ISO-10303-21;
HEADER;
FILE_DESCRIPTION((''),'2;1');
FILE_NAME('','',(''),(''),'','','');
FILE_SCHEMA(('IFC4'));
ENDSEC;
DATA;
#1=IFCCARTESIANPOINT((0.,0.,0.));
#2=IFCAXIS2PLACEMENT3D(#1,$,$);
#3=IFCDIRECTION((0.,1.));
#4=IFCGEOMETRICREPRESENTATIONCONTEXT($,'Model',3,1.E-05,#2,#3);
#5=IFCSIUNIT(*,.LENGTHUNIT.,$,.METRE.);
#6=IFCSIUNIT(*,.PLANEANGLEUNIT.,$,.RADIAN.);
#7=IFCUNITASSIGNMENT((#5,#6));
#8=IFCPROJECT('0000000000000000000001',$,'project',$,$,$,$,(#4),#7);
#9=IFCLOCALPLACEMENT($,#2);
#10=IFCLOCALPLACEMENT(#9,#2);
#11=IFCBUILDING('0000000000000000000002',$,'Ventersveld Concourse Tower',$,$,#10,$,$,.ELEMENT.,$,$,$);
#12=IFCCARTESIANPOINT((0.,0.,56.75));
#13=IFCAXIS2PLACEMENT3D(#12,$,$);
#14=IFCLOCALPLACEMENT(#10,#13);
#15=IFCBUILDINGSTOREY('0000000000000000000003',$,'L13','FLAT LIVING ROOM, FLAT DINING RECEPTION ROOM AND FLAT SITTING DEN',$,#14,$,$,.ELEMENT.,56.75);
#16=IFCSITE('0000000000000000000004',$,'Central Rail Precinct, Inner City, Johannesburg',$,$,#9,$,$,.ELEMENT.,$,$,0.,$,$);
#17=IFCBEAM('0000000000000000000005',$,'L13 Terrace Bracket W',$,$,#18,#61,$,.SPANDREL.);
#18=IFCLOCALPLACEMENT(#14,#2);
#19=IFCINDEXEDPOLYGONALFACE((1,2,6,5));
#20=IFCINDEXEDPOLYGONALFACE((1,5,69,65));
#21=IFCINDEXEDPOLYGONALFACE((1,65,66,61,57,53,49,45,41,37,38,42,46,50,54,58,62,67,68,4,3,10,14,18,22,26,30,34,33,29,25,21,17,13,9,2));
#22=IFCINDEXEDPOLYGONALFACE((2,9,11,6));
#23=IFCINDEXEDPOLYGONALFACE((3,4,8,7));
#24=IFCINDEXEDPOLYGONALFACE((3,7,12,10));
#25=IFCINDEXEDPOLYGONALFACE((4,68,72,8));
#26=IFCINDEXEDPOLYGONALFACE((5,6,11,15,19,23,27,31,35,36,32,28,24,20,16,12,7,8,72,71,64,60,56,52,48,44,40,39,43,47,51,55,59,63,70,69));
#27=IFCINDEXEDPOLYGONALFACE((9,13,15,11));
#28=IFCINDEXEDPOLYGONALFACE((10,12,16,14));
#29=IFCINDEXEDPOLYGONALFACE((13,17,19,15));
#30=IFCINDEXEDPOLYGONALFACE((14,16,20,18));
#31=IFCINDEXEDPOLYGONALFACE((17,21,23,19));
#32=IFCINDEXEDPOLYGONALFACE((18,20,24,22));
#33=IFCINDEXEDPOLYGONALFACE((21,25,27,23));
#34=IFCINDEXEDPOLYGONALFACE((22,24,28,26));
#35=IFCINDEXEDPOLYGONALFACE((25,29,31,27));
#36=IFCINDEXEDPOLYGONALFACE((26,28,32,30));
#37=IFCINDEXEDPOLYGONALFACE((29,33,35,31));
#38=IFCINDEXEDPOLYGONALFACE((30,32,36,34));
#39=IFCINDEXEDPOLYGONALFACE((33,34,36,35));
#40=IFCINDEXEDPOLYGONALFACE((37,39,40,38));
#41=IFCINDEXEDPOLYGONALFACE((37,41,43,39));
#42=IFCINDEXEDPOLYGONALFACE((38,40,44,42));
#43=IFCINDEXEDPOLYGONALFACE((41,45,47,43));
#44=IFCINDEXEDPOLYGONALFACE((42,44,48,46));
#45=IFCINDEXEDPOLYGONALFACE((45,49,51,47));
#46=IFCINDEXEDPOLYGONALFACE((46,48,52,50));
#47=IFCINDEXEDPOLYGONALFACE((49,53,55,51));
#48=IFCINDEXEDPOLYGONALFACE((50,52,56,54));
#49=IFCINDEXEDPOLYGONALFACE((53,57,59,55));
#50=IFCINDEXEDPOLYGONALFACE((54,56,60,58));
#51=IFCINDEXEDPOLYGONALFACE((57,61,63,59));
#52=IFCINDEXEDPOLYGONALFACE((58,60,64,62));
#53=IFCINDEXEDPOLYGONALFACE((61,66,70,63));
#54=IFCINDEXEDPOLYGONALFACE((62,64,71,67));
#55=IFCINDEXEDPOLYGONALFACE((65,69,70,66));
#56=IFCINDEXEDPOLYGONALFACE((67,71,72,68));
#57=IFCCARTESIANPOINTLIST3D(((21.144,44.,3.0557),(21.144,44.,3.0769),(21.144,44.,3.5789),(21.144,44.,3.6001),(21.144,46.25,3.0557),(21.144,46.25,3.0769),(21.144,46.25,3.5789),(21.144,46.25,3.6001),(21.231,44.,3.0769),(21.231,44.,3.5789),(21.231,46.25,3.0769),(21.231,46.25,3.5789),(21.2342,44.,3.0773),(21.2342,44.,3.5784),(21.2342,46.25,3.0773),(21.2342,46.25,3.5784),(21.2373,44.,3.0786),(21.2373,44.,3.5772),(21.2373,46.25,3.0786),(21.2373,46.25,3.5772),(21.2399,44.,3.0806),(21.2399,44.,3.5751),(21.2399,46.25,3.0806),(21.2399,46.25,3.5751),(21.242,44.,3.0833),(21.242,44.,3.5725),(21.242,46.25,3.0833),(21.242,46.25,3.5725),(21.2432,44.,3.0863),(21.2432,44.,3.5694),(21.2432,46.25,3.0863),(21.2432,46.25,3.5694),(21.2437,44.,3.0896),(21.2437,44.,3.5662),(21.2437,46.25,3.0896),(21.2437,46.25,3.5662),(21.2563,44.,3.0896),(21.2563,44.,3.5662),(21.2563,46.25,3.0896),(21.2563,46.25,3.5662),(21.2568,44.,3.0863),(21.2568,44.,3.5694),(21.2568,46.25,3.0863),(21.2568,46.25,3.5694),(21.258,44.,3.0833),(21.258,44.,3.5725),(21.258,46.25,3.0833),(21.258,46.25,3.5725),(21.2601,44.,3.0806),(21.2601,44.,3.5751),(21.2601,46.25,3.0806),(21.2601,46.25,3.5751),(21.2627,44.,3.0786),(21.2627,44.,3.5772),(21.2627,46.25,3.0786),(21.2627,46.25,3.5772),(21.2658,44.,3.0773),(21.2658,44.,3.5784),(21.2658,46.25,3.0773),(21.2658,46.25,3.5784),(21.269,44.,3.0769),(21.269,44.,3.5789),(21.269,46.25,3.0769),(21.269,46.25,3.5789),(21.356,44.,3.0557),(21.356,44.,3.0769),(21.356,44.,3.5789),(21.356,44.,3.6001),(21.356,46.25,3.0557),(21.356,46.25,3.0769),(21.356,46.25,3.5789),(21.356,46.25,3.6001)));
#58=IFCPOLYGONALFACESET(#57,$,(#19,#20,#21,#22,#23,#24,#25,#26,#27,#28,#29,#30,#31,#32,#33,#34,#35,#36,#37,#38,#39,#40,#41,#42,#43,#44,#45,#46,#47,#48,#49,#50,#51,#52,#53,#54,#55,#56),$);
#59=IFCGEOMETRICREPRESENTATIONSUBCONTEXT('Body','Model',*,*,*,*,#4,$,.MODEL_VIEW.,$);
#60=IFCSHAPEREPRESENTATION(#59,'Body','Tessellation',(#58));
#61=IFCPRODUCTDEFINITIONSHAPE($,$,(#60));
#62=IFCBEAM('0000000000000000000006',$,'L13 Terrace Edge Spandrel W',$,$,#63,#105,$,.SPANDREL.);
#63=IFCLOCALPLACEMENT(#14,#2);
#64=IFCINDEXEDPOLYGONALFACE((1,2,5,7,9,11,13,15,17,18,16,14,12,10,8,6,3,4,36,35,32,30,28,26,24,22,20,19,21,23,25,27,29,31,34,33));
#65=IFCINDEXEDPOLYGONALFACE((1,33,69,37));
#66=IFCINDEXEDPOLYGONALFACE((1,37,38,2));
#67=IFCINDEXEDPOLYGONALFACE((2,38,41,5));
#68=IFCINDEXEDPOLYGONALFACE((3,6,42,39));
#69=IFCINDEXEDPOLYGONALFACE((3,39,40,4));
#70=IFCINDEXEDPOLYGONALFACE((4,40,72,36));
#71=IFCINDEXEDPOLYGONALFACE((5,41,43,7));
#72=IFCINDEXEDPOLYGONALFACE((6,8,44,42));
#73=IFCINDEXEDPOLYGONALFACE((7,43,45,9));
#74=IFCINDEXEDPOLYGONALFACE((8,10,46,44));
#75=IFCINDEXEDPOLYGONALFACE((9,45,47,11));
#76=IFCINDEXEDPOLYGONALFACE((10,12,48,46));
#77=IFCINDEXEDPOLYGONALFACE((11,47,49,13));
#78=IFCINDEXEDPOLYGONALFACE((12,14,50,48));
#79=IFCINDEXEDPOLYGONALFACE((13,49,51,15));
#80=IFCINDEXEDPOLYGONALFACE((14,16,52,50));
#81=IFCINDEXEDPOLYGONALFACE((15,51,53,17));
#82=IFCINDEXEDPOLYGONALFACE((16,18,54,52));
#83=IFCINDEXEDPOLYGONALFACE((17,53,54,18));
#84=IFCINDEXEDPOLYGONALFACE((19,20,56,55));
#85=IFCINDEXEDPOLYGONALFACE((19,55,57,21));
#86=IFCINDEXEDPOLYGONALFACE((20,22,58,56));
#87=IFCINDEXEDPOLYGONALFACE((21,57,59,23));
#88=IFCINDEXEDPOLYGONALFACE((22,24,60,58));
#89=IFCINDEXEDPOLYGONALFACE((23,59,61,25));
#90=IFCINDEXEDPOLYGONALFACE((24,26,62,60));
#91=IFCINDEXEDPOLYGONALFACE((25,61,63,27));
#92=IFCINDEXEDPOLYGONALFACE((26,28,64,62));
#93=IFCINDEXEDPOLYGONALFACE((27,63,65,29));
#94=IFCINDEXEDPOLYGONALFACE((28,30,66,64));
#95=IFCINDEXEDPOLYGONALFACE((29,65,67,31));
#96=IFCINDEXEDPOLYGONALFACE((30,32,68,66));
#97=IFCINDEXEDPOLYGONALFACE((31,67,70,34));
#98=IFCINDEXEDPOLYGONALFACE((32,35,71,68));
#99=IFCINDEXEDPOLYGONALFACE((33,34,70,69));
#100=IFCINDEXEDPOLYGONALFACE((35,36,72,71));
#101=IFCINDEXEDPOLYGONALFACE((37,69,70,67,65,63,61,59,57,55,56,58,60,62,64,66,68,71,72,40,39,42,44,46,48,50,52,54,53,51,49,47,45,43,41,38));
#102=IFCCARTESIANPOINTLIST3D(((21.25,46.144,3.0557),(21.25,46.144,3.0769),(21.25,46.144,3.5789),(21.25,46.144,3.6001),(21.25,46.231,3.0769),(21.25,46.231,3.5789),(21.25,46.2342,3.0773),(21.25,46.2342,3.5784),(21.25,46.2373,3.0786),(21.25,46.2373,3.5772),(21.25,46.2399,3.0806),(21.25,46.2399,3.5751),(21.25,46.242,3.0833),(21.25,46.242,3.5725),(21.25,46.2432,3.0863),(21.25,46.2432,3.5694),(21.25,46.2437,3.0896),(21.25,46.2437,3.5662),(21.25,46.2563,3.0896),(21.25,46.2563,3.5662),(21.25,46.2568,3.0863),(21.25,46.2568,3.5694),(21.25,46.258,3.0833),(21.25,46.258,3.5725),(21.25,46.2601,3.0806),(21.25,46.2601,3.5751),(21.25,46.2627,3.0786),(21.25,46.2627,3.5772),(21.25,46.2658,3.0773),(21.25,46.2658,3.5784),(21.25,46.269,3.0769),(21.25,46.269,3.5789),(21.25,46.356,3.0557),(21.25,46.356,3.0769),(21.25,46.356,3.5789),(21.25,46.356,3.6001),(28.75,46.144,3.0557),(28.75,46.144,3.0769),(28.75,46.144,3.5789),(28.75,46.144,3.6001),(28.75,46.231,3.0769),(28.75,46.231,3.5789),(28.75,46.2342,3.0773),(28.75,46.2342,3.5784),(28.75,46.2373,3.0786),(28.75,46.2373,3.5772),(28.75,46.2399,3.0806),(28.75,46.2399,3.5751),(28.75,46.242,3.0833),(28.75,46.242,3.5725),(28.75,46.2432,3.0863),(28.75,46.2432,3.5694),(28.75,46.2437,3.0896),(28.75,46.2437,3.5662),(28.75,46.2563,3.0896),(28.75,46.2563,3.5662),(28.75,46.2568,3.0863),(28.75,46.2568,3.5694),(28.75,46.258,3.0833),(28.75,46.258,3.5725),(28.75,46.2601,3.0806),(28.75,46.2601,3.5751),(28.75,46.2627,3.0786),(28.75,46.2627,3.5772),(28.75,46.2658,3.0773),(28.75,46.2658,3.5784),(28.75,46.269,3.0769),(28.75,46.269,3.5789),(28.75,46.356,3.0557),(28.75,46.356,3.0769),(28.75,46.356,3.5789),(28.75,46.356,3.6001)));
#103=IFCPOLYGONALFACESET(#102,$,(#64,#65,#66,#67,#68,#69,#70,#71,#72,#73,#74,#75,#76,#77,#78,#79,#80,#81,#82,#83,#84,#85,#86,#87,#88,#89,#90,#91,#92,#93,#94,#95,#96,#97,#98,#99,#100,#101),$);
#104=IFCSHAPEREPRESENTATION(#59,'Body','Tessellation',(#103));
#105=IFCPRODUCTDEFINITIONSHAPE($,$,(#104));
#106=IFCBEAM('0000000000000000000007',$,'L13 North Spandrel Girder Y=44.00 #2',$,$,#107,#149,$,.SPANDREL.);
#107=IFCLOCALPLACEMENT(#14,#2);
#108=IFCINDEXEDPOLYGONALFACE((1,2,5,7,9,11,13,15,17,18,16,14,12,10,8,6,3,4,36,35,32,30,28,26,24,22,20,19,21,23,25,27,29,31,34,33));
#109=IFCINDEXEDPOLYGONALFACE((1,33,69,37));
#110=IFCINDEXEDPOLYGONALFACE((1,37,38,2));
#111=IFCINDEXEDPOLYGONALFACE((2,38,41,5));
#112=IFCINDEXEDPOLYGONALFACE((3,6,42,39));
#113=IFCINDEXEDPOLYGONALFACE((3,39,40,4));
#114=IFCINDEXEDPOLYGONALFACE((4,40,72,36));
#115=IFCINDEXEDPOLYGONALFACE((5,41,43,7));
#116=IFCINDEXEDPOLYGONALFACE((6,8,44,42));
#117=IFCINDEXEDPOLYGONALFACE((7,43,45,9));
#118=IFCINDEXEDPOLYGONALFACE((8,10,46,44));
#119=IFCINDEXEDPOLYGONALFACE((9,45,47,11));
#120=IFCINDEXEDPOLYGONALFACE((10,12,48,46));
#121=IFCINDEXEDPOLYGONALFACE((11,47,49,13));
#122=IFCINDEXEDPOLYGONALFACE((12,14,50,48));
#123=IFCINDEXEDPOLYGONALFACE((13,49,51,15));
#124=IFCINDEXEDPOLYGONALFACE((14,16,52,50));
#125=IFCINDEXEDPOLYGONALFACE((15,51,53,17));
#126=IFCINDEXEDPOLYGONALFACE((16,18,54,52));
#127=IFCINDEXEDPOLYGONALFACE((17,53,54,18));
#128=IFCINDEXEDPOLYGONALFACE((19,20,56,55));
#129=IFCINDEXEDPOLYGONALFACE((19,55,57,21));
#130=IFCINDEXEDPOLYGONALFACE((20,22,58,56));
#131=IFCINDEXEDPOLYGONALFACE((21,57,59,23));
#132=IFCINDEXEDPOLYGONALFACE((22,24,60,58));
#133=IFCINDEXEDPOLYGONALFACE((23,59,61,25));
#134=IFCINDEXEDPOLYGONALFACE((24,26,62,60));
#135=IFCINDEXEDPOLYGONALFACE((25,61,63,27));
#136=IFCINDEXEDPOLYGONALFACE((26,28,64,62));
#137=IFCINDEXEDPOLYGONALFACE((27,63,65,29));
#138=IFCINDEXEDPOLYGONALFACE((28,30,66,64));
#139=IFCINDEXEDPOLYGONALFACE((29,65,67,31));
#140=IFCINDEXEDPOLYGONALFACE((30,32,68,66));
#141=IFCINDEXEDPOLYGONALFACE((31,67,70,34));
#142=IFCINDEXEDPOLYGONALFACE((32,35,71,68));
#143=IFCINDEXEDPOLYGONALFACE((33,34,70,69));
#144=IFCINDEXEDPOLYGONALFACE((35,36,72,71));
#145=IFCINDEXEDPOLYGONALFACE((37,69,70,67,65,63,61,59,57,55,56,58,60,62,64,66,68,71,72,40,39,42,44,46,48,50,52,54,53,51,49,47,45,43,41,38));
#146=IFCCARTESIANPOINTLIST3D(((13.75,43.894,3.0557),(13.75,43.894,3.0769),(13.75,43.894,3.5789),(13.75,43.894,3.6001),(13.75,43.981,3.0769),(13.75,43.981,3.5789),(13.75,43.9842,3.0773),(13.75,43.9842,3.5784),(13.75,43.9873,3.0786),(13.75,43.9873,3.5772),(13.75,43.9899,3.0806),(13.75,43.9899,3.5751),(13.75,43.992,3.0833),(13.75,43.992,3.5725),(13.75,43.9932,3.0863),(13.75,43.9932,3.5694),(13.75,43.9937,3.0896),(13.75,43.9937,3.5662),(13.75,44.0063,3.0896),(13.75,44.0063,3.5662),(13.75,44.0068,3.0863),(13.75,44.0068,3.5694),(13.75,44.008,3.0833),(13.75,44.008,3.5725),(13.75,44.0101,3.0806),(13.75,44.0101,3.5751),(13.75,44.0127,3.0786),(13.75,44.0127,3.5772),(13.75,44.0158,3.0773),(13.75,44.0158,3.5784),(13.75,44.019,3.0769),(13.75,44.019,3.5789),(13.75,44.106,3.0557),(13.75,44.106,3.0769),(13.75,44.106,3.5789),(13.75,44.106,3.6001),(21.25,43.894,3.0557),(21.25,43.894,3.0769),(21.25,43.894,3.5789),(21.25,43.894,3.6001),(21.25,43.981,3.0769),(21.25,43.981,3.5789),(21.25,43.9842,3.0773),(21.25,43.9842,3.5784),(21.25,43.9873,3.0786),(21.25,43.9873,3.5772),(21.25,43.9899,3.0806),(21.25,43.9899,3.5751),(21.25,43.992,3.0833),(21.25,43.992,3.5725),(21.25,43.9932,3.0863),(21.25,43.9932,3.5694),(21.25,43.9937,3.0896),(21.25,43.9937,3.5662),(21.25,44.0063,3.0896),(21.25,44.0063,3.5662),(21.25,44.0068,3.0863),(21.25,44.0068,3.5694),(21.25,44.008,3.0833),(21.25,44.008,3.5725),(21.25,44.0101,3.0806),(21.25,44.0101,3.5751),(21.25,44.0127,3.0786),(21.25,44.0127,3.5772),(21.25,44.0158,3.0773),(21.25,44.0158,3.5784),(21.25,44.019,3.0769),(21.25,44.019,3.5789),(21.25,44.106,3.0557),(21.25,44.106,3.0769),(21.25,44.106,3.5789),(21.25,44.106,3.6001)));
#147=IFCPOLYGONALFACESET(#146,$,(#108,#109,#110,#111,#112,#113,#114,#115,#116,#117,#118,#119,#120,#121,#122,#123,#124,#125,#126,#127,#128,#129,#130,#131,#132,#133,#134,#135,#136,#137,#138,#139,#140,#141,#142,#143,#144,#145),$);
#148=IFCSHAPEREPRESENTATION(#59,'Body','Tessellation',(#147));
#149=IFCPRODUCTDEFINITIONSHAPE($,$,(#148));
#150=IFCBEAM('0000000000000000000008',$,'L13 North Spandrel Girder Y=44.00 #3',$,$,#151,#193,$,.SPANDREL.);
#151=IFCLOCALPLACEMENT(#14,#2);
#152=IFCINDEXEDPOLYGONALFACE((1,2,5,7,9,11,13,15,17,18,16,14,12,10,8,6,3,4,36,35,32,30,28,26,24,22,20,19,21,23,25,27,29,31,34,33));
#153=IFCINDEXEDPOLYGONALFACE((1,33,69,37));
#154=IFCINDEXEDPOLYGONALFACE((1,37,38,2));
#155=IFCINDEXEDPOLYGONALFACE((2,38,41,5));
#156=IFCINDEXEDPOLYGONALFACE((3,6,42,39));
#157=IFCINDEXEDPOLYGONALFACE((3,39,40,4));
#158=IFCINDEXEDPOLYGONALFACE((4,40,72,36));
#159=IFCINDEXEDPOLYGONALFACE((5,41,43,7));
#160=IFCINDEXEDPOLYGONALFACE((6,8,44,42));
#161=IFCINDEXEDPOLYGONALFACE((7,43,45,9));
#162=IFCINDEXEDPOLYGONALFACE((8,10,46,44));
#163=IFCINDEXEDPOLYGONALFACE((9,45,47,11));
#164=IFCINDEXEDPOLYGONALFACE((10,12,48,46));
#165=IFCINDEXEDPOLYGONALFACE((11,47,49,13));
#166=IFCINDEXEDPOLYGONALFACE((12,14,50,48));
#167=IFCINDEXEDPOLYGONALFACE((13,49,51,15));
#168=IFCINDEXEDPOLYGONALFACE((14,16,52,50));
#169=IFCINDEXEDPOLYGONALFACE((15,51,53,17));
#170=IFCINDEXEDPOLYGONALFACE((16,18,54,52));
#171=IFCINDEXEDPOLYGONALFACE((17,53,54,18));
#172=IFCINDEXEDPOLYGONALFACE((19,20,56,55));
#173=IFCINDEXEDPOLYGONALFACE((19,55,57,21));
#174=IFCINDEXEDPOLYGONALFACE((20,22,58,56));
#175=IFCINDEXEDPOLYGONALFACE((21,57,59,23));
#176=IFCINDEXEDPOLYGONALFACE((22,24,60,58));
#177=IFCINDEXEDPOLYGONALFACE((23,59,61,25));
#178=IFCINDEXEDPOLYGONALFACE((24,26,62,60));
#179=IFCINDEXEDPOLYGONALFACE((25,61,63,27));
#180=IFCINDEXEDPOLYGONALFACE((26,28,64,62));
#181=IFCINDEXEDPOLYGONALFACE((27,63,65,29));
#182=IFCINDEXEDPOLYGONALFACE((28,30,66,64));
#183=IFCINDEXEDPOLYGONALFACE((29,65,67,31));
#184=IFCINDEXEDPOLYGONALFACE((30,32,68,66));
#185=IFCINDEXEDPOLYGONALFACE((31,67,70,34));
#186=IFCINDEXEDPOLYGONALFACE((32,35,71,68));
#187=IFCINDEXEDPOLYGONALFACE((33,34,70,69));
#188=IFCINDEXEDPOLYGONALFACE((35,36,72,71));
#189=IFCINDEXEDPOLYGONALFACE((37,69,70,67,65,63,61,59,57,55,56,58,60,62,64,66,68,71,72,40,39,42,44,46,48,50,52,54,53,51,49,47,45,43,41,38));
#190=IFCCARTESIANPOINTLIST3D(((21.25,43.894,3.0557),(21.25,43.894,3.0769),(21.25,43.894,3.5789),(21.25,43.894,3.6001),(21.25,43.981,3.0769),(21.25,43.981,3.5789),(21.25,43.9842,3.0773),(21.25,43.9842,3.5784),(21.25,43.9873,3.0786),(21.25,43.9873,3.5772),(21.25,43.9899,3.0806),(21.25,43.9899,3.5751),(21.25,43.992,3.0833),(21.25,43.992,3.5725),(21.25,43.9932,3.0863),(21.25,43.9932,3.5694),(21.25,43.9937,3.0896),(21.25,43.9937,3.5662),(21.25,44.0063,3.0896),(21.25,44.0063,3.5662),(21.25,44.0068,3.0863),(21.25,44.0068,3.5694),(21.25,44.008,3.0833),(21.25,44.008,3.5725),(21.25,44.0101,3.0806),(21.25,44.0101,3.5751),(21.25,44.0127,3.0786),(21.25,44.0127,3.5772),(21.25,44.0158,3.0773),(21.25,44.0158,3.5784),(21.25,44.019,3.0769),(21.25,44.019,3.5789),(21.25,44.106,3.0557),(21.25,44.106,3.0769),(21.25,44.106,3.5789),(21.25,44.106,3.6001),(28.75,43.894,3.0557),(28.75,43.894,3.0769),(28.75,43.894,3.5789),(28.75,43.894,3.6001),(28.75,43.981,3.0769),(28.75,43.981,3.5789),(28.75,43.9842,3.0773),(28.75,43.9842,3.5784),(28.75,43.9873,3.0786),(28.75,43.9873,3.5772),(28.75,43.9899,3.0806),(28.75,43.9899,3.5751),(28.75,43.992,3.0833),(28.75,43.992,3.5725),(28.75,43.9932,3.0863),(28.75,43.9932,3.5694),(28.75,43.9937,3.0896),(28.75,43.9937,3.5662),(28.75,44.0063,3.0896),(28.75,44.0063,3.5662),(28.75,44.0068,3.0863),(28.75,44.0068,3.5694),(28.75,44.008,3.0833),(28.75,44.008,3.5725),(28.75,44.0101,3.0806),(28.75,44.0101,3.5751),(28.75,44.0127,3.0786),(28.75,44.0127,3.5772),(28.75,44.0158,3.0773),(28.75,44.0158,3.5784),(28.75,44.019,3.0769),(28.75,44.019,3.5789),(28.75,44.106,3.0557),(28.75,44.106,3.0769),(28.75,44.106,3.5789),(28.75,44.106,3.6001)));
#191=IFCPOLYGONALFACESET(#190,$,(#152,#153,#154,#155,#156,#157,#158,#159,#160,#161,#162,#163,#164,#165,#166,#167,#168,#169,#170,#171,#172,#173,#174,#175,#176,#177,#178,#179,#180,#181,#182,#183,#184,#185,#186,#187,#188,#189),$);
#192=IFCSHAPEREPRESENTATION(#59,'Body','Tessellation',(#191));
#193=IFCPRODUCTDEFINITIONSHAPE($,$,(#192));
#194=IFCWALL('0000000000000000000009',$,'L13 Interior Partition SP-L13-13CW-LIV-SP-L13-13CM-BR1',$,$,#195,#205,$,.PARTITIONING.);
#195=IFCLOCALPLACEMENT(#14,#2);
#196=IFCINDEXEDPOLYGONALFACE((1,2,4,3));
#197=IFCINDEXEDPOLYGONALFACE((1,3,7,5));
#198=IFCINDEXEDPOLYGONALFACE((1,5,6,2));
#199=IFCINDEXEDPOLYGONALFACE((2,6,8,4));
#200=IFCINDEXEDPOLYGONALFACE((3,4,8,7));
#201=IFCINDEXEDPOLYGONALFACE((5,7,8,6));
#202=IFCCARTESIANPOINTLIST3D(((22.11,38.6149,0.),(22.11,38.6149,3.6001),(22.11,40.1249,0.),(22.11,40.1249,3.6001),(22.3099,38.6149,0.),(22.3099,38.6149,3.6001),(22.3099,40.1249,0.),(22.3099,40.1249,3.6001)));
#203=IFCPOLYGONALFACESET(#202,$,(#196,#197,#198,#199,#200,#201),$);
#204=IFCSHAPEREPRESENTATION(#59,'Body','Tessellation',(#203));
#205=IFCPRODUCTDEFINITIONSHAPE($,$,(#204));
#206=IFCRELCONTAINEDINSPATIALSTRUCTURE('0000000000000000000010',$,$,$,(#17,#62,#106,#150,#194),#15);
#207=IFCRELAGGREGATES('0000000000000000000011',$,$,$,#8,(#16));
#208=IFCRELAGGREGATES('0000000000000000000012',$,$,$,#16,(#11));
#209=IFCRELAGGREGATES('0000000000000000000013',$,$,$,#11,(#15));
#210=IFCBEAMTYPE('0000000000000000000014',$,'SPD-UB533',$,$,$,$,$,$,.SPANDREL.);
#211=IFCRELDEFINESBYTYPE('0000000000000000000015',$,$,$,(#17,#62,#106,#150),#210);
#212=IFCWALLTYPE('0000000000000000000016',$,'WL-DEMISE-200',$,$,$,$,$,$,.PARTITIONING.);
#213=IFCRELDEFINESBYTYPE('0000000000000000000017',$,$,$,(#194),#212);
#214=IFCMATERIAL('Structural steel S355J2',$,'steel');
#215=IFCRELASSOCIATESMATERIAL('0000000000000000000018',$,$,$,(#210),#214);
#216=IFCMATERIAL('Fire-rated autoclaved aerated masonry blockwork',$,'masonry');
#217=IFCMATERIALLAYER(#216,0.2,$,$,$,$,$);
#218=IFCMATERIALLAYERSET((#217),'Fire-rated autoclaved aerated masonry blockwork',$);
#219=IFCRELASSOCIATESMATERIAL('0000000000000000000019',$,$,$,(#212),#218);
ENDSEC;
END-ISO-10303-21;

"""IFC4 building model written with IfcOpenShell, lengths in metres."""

from ifc_helpers import new_model, si_unit, direction, frame, frame_2d, origin, origin_2d, place, context, subcontext, project, spatial, rectangle, i_section, extrude, material, layer, layer_set, material_profile, profile_set, type_object, element, save


model = new_model("IFC4")

# Units and contexts
model_context = context("Model", 3, precision=1e-05, world=origin(), true_north=direction((0.0, 1.0)))
body_context = subcontext(model_context, "Body", "Model", "MODEL_VIEW")
ifc_project = project(units=[si_unit("LENGTHUNIT", "METRE"), si_unit("PLANEANGLEUNIT", "RADIAN")], contexts=[model_context])

# Site, building, storey
site_placement = place(None, origin())
site = spatial("IfcSite", under=ifc_project, at=site_placement, Name="Central Rail Precinct, Inner City, Johannesburg", CompositionType="ELEMENT", RefElevation=0.0)
building_placement = place(site_placement, origin())
building = spatial("IfcBuilding", under=site, at=building_placement, Name="Ventersveld Concourse Tower", CompositionType="ELEMENT")
storey_placement = place(building_placement, frame((0.0, 0.0, 56.75)))
storey = spatial("IfcBuildingStorey", under=building, at=storey_placement, Name="L13", Description="FLAT LIVING ROOM, FLAT DINING RECEPTION ROOM AND FLAT SITTING DEN", CompositionType="ELEMENT", Elevation=56.75)

# Shared definitions
ifc_material_1 = material(Name="Structural steel S355J2", Category="steel")

# Beams
ifc_material_profile_1 = material_profile(ifc_material_1, i_section(OverallWidth=0.2119, OverallDepth=0.5444, WebThickness=0.0127, FlangeThickness=0.0212, FilletRadius=0.0127, at=origin_2d()), Name="UB 533x210x122")
ifc_profile_set_1 = profile_set([ifc_material_profile_1], Name="Structural steel S355J2")
beam_type_1 = type_object("IfcBeamType", Name="SPD-UB533", PredefinedType="SPANDREL", material=ifc_profile_set_1)
beam_1_placement = place(storey_placement, frame((21.25, 44.0, 3.3279), z_axis=(0.0, 1.0, 0.0), x_axis=(-1.0, 0.0, 0.0)))
element("IfcBeam", 1, at=beam_1_placement, inside=storey, type_object=beam_type_1, Name="L13 Terrace Bracket W", PredefinedType="SPANDREL", context=body_context, shape_type="SweptSolid", body=[
    extrude(i_section(OverallWidth=0.2119, OverallDepth=0.5444, WebThickness=0.0127, FlangeThickness=0.0212, FilletRadius=0.0127, at=origin_2d()), origin(), (0.0, 0.0, 1.0), 2.25),
])
for number, where, z_axis, x_axis, name in (
    (2, (21.25, 46.25, 3.3279), (1.0, 0.0, 0.0), (0.0, 1.0, 0.0), "L13 Terrace Edge Spandrel W"),
    (3, (13.75, 44.0, 3.3279), (1.0, 0.0, 0.0), (0.0, 1.0, 0.0), "L13 North Spandrel Girder Y=44.00 #2"),
    (4, (21.25, 44.0, 3.3279), (1.0, 0.0, 0.0), (0.0, 1.0, 0.0), "L13 North Spandrel Girder Y=44.00 #3"),
):
    element("IfcBeam", number, at=place(storey_placement, frame(where, z_axis=z_axis, x_axis=x_axis)), inside=storey, type_object=beam_type_1, Name=name, PredefinedType="SPANDREL", context=body_context, shape_type="SweptSolid", body=[
        extrude(i_section(OverallWidth=0.2119, OverallDepth=0.5444, WebThickness=0.0127, FlangeThickness=0.0212, FilletRadius=0.0127, at=origin_2d()), origin(), (0.0, 0.0, 1.0), 7.5),
    ])

# Wall
ifc_material_2 = material(Name="Fire-rated autoclaved aerated masonry blockwork", Category="masonry")
ifc_layer_1 = layer(ifc_material_2, 0.2)
ifc_layer_set_1 = layer_set([ifc_layer_1], Name="Fire-rated autoclaved aerated masonry blockwork")
wall_type_1 = type_object("IfcWallType", Name="WL-DEMISE-200", PredefinedType="PARTITIONING", material=ifc_layer_set_1)
wall_1_placement = place(storey_placement, frame((22.21, 38.615, 0.0), z_axis=(0.0, 0.0, 1.0), x_axis=(0.0, 1.0, 0.0)))
element("IfcWall", 5, at=wall_1_placement, inside=storey, type_object=wall_type_1, Name="L13 Interior Partition SP-L13-13CW-LIV-SP-L13-13CM-BR1", PredefinedType="PARTITIONING", context=body_context, shape_type="SweptSolid", body=[
    extrude(rectangle(XDim=1.51, YDim=0.2, at=frame_2d((0.7549, 0.0))), origin(), (0.0, 0.0, 1.0), 3.6001),
])

save(model, "model.ifc")
